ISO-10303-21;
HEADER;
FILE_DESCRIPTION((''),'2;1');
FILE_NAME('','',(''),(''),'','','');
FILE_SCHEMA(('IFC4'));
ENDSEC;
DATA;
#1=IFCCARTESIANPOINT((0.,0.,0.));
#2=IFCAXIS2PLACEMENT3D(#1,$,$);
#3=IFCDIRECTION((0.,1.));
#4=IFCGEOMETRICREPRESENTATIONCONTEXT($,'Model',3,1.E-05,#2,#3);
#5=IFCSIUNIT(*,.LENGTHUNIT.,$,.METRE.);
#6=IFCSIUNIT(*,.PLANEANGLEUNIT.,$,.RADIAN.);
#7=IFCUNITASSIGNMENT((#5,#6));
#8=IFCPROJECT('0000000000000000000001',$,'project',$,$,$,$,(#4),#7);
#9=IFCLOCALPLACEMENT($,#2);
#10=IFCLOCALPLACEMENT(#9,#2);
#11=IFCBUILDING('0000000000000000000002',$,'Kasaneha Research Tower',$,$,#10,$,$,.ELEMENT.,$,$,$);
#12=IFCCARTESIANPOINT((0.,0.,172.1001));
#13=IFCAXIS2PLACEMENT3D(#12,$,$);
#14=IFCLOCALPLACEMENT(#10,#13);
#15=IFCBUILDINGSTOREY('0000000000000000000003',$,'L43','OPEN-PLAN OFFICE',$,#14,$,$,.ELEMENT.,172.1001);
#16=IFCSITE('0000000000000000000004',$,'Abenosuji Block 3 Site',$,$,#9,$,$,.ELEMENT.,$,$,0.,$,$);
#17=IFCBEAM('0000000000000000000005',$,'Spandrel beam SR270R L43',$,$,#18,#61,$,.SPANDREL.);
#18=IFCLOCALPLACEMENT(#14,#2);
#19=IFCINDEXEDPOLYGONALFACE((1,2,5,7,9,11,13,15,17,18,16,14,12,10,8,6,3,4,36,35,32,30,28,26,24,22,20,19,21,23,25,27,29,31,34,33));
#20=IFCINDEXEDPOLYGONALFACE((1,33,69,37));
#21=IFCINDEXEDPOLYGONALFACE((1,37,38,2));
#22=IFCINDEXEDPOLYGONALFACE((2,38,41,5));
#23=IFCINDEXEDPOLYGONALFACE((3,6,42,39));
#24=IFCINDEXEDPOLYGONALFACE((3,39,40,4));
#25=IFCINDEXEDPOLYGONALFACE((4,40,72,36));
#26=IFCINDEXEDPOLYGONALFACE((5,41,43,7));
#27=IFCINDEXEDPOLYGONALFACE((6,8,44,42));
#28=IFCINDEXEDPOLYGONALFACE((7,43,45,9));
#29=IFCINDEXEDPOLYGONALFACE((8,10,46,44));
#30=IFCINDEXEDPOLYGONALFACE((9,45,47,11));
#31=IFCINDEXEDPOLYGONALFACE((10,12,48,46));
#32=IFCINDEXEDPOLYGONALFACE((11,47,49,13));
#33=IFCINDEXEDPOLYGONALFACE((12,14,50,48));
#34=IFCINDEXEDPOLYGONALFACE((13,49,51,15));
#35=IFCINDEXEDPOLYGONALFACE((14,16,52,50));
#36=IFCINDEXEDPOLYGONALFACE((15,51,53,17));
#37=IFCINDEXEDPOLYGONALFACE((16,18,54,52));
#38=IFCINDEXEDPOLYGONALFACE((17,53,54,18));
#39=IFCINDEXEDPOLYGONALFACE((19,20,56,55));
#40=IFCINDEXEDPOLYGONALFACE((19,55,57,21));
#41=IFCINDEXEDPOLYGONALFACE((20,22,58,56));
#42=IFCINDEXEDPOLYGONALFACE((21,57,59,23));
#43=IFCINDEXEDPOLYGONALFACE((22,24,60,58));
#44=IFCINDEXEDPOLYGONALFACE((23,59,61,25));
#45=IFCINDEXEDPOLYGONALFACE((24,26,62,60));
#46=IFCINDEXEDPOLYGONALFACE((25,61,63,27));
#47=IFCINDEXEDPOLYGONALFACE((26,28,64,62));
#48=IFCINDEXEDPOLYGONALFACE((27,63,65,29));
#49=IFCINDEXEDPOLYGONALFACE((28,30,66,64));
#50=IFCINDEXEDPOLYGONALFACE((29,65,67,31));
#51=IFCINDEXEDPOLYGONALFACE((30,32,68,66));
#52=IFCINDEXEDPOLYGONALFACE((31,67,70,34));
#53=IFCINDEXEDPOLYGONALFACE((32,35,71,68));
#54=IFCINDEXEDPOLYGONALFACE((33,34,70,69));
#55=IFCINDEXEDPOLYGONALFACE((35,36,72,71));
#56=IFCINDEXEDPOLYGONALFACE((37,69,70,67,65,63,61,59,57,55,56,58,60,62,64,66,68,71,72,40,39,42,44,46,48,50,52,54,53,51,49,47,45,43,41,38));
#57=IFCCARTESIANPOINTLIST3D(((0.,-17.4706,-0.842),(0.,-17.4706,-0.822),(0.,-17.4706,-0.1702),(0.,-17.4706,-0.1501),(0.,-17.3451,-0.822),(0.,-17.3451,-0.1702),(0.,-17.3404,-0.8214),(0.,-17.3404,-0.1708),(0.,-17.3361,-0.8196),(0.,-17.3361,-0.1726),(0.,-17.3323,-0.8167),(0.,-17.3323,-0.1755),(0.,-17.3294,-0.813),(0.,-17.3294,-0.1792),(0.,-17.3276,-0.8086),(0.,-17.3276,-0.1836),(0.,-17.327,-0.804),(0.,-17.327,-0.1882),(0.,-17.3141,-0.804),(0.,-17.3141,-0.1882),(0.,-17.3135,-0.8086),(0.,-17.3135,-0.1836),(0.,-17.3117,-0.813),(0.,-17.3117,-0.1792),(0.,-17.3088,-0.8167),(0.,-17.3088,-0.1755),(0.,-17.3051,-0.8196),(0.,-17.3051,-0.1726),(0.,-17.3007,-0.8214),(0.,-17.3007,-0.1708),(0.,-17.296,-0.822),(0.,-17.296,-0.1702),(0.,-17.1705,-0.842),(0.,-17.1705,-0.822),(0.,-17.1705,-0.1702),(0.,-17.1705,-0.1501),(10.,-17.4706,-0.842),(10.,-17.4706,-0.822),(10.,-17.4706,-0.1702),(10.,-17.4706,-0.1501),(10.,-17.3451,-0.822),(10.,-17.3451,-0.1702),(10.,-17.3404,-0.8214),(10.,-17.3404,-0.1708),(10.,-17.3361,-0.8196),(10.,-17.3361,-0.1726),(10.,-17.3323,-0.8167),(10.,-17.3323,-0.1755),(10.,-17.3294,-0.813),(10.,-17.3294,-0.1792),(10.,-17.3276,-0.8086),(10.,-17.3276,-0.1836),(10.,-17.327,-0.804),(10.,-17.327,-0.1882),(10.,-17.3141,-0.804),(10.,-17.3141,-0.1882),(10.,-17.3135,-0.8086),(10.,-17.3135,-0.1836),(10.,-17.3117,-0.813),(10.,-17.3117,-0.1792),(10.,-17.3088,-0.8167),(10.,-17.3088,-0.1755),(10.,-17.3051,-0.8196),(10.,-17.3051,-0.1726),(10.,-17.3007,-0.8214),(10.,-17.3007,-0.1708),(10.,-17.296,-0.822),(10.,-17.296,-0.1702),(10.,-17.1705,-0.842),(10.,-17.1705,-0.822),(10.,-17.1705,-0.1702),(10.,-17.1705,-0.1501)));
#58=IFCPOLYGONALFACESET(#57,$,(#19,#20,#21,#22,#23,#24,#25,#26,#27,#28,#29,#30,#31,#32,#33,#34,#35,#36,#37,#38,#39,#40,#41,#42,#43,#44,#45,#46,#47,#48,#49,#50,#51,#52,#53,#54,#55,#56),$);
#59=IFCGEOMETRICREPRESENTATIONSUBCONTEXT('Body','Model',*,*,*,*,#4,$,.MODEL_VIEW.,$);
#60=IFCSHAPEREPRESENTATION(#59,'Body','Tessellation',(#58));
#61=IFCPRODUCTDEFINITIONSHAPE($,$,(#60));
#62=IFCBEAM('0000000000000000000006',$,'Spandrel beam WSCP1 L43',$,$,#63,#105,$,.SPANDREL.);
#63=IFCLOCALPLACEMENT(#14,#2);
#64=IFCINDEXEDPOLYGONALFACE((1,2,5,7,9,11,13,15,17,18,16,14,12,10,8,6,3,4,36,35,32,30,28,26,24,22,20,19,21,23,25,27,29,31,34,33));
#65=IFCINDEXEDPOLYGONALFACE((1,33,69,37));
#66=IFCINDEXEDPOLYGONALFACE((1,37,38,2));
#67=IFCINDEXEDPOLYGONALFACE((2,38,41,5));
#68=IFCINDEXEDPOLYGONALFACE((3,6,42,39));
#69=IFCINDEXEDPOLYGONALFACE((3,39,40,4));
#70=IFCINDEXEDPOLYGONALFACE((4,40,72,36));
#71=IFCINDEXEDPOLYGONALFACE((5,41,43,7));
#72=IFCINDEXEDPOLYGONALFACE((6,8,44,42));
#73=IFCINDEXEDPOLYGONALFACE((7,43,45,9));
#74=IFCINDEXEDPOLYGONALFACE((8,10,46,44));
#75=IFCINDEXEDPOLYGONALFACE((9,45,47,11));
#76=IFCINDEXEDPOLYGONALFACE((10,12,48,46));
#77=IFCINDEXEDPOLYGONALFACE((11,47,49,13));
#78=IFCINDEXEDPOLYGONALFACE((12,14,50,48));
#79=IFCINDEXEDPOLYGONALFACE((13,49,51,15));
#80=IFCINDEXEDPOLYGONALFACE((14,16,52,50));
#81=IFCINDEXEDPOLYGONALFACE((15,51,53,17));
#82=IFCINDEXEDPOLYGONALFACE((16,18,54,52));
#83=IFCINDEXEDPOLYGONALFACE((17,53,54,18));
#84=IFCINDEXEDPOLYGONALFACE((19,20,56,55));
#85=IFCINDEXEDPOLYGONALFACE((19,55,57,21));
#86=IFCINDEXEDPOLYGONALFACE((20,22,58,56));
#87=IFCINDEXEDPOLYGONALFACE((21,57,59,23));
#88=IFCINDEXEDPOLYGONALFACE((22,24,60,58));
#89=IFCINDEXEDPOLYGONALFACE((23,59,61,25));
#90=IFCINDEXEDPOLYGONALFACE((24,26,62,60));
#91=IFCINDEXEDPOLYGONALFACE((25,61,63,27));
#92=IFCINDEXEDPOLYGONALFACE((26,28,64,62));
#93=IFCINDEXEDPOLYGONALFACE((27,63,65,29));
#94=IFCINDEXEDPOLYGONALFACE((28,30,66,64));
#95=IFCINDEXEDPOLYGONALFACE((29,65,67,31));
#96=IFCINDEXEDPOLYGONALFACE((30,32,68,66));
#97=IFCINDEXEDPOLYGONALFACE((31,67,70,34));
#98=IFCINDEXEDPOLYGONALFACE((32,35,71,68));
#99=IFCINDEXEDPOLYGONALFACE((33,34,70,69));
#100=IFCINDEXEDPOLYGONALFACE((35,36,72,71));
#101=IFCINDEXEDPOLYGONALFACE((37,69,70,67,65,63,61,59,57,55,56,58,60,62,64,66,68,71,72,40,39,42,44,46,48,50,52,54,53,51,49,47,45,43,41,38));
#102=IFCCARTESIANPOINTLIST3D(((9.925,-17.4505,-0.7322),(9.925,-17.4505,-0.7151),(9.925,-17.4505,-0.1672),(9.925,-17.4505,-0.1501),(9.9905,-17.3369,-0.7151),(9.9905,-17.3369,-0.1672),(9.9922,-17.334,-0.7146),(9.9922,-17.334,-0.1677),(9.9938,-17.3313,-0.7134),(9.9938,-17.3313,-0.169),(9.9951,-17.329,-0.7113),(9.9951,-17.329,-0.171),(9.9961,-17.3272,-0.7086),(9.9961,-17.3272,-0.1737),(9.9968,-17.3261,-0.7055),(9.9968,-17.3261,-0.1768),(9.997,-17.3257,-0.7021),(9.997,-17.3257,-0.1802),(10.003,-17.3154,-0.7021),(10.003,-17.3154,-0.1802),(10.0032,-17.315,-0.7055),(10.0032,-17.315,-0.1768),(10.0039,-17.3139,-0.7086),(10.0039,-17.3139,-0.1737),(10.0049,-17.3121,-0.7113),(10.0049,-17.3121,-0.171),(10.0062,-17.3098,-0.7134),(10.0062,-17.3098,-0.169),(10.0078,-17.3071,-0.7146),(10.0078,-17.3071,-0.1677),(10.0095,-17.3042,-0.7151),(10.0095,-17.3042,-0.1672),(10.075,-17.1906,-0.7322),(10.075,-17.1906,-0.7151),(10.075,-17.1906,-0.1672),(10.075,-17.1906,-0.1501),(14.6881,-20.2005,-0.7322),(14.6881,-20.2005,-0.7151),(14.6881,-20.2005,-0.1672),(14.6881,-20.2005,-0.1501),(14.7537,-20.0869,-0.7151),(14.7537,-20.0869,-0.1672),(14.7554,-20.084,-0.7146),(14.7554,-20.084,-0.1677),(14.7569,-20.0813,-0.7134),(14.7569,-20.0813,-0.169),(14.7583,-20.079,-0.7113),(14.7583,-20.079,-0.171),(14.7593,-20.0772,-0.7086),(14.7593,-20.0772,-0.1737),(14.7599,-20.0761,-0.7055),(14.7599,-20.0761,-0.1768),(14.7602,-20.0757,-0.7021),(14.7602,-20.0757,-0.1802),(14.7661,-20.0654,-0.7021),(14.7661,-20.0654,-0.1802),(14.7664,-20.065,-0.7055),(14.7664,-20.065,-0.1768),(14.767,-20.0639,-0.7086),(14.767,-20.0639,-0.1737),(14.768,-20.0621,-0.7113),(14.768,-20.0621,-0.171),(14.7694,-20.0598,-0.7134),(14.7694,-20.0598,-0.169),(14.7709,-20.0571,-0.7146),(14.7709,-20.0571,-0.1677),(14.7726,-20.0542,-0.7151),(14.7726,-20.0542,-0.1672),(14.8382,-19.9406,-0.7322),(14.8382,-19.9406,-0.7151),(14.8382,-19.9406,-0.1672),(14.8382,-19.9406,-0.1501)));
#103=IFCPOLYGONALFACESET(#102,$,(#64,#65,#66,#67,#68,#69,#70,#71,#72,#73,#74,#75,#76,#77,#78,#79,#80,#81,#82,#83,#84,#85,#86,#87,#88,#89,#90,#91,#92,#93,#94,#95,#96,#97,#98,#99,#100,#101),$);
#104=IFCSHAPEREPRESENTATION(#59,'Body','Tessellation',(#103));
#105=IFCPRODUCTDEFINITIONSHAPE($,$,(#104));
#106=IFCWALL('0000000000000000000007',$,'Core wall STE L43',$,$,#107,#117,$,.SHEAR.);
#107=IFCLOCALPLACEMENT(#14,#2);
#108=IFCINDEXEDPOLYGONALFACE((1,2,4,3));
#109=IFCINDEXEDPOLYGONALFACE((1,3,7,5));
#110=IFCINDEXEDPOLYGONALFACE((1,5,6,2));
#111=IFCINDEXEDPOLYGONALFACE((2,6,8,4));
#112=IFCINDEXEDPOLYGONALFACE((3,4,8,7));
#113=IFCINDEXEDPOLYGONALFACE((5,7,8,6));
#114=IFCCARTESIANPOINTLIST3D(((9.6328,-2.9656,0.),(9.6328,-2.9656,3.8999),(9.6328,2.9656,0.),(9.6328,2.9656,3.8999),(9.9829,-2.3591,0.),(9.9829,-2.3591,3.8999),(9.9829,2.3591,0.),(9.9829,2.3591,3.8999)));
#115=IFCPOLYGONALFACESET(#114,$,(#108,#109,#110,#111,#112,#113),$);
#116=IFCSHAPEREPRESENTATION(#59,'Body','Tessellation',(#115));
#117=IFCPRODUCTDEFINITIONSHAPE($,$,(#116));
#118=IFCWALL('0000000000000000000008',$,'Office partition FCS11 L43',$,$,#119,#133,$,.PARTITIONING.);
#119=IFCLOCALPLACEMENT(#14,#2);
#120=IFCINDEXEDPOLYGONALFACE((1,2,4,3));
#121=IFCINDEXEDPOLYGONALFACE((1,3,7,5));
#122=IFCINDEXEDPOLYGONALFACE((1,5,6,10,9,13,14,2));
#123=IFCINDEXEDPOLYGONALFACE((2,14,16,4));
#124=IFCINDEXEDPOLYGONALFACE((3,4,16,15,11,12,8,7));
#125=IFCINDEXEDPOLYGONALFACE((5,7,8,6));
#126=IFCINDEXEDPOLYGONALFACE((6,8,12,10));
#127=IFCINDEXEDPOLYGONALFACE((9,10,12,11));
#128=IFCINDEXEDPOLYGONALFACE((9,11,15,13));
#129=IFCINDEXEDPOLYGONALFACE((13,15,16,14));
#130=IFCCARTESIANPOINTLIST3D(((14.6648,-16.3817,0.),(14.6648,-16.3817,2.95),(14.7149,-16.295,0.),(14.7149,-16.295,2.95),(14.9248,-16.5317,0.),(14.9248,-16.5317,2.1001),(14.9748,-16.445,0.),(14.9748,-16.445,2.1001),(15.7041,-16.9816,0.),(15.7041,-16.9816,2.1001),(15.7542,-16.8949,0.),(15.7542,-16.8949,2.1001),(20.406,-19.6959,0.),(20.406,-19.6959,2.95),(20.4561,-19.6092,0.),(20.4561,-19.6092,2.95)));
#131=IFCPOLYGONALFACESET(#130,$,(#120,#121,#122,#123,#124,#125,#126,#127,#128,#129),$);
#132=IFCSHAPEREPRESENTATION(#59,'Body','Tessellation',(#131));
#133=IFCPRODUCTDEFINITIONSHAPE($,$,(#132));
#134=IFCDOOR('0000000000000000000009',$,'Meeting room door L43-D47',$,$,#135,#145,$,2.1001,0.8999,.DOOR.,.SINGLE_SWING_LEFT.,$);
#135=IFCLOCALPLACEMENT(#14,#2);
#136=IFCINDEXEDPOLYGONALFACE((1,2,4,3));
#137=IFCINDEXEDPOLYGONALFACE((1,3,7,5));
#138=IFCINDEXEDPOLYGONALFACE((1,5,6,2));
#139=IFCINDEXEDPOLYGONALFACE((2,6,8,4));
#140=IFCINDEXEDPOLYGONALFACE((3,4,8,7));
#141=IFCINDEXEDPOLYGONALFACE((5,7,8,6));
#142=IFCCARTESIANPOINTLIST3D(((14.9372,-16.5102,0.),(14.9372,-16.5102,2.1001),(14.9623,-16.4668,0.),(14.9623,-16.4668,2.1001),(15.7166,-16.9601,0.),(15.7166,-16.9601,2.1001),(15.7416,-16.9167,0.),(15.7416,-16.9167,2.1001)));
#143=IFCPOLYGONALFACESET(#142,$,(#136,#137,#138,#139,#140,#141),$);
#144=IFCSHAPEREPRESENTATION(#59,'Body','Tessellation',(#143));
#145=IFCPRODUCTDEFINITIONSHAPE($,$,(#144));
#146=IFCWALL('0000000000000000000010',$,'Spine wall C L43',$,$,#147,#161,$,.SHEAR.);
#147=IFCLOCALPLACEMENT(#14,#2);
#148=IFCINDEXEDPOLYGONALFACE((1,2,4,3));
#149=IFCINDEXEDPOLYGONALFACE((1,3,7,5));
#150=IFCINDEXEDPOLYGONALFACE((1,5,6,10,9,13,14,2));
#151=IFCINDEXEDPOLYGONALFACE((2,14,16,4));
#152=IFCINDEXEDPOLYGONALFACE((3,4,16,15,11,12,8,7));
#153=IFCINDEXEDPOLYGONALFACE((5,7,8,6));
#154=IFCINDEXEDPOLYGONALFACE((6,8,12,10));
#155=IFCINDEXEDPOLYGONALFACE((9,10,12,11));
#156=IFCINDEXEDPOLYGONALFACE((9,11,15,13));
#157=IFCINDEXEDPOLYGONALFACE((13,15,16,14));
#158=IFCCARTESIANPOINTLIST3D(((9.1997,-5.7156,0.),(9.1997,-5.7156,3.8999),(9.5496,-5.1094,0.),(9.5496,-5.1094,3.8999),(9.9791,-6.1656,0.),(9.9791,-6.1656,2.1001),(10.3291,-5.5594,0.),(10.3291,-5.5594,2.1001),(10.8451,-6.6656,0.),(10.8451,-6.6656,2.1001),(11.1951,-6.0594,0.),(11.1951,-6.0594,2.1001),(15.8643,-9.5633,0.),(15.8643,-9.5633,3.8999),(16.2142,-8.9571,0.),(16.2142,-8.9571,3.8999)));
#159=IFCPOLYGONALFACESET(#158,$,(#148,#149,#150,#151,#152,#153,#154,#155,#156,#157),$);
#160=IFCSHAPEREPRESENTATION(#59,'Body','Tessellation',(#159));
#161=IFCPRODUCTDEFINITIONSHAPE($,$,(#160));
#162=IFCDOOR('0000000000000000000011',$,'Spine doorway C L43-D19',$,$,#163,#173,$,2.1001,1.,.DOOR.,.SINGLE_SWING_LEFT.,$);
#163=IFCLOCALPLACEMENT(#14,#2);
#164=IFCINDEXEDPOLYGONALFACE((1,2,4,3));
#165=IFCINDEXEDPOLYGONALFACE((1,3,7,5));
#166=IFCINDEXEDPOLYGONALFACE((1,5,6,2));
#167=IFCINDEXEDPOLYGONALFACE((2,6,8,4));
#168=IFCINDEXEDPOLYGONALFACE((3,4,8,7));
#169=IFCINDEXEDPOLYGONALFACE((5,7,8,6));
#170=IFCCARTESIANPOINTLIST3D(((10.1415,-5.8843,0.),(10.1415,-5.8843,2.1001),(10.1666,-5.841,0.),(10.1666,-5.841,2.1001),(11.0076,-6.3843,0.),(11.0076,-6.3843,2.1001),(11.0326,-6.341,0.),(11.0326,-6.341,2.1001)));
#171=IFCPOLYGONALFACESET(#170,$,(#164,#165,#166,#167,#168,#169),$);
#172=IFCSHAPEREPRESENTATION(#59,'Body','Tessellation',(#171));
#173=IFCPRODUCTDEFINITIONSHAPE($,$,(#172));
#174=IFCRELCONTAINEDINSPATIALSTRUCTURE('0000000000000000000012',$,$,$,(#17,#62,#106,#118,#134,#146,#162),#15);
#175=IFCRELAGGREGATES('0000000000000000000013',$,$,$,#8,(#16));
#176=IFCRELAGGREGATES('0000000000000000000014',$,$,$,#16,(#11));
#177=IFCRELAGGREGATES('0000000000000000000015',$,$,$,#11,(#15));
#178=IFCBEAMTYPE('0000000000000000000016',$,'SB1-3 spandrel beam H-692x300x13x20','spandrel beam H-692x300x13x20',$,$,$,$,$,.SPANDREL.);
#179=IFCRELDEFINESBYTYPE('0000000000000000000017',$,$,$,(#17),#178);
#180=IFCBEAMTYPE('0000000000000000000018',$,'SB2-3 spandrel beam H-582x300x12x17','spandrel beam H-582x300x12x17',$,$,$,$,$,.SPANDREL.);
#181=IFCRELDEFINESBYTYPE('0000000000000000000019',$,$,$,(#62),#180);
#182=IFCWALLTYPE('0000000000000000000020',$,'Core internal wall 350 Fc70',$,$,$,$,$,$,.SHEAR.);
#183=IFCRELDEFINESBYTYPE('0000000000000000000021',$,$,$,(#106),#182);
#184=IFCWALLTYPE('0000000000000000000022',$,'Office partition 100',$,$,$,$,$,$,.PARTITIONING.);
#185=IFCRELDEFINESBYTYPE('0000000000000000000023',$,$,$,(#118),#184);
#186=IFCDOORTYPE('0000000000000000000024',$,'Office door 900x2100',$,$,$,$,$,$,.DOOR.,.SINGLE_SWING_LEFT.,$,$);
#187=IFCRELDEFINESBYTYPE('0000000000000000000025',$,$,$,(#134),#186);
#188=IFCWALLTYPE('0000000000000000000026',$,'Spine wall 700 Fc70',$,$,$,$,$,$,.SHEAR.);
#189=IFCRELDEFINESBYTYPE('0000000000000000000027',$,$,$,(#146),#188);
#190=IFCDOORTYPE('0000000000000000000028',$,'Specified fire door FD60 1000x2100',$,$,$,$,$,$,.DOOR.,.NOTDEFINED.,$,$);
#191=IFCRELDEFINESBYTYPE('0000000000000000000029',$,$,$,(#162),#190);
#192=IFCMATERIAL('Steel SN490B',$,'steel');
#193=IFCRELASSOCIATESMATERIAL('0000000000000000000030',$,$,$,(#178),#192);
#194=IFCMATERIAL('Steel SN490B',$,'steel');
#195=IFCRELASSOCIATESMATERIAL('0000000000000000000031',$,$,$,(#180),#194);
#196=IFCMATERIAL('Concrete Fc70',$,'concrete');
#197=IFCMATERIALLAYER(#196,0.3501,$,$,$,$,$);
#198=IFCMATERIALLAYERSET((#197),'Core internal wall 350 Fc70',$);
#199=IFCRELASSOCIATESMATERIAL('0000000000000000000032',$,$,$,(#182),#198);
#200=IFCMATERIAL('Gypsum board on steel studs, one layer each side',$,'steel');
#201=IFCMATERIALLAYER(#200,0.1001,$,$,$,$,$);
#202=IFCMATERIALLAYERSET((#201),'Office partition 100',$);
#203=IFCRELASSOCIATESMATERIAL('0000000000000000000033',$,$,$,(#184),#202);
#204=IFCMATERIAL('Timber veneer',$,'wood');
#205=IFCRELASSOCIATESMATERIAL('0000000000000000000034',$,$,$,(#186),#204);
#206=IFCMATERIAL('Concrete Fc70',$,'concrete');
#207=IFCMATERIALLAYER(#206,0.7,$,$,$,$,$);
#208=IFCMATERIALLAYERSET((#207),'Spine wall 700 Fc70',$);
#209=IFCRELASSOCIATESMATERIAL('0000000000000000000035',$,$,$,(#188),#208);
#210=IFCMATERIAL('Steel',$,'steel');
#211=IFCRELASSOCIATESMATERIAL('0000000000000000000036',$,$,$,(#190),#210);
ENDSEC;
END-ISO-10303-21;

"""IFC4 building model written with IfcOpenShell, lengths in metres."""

from ifc_helpers import new_model, si_unit, direction, frame, frame_2d, origin, origin_2d, place, context, subcontext, project, spatial, polyline, rectangle, i_section, outline, extrude, material, layer, layer_set, material_profile, profile_set, type_object, element, fill, save


model = new_model("IFC4")

# Units and contexts
model_context = context("Model", 3, precision=1e-05, world=origin(), true_north=direction((0.0, 1.0)))
body_context = subcontext(model_context, "Body", "Model", "MODEL_VIEW")
ifc_project = project(units=[si_unit("LENGTHUNIT", "METRE"), si_unit("PLANEANGLEUNIT", "RADIAN")], contexts=[model_context])

# Site, building, storey
site_placement = place(None, origin())
site = spatial("IfcSite", under=ifc_project, at=site_placement, Name="Abenosuji Block 3 Site", CompositionType="ELEMENT", RefElevation=0.0)
building_placement = place(site_placement, origin())
building = spatial("IfcBuilding", under=site, at=building_placement, Name="Kasaneha Research Tower", CompositionType="ELEMENT")
storey_placement = place(building_placement, frame((0.0, 0.0, 172.1001)))
storey = spatial("IfcBuildingStorey", under=building, at=storey_placement, Name="L43", Description="OPEN-PLAN OFFICE", CompositionType="ELEMENT", Elevation=172.1001)

# Beams
ifc_material_1 = material(Name="Steel SN490B", Category="steel")
ifc_material_profile_1 = material_profile(ifc_material_1, i_section(OverallWidth=0.3, OverallDepth=0.6919, WebThickness=0.0129, FlangeThickness=0.02, FilletRadius=0.0181, at=origin_2d()), Name="H-692x300x13x20")
ifc_profile_set_1 = profile_set([ifc_material_profile_1], Name="Steel SN490B")
beam_type_1 = type_object("IfcBeamType", Name="SB1-3 spandrel beam H-692x300x13x20", Description="spandrel beam H-692x300x13x20", PredefinedType="SPANDREL", material=ifc_profile_set_1)
beam_1_placement = place(storey_placement, frame((10.0, -17.3206, -0.4961), z_axis=(-1.0, 0.0, 0.0), x_axis=(0.0, -1.0, 0.0)))
element("IfcBeam", 1, at=beam_1_placement, inside=storey, type_object=beam_type_1, Name="Spandrel beam SR270R L43", PredefinedType="SPANDREL", context=body_context, shape_type="SweptSolid", body=[
    extrude(i_section(OverallWidth=0.3, OverallDepth=0.6919, WebThickness=0.0129, FlangeThickness=0.02, FilletRadius=0.0181, at=origin_2d()), origin(), (0.0, 0.0, 1.0), 10.0),
])
ifc_material_2 = material(Name="Steel SN490B", Category="steel")
ifc_material_profile_2 = material_profile(ifc_material_2, i_section(OverallWidth=0.3, OverallDepth=0.582, WebThickness=0.012, FlangeThickness=0.0171, FilletRadius=0.0129, at=origin_2d()), Name="H-582x300x12x17")
ifc_profile_set_2 = profile_set([ifc_material_profile_2], Name="Steel SN490B")
beam_type_2 = type_object("IfcBeamType", Name="SB2-3 spandrel beam H-582x300x12x17", Description="spandrel beam H-582x300x12x17", PredefinedType="SPANDREL", material=ifc_profile_set_2)
beam_2_placement = place(storey_placement, frame((10.0, -17.3206, -0.4412), z_axis=(0.866027, -0.499997, 0.0), x_axis=(0.499997, 0.866027, 0.0)))
element("IfcBeam", 2, at=beam_2_placement, inside=storey, type_object=beam_type_2, Name="Spandrel beam WSCP1 L43", PredefinedType="SPANDREL", context=body_context, shape_type="SweptSolid", body=[
    extrude(i_section(OverallWidth=0.3, OverallDepth=0.582, WebThickness=0.012, FlangeThickness=0.0171, FilletRadius=0.0129, at=origin_2d()), origin(), (0.0, 0.0, 1.0), 5.5),
])

# Wall
ifc_material_3 = material(Name="Concrete Fc70", Category="concrete")
ifc_layer_1 = layer(ifc_material_3, 0.3501)
ifc_layer_set_1 = layer_set([ifc_layer_1], Name="Core internal wall 350 Fc70")
wall_type_1 = type_object("IfcWallType", Name="Core internal wall 350 Fc70", PredefinedType="SHEAR", material=ifc_layer_set_1)
wall_1_placement = place(storey_placement, frame((9.8079, -2.6624, 0.0), z_axis=(0.0, 0.0, 1.0), x_axis=(0.0, 1.0, 0.0)))
element("IfcWall", 3, at=wall_1_placement, inside=storey, type_object=wall_type_1, Name="Core wall STE L43", PredefinedType="SHEAR", context=body_context, shape_type="SweptSolid", body=[
    extrude(outline(polyline([(0.3032, -0.175), (5.0215, -0.175), (5.6279, 0.175), (-0.3032, 0.175), (0.3032, -0.175)])), origin(), (0.0, 0.0, 1.0), 3.8999),
])

# Walls, openings, doors
ifc_material_4 = material(Name="Gypsum board on steel studs, one layer each side", Category="steel")
ifc_layer_2 = layer(ifc_material_4, 0.1001)
ifc_layer_set_2 = layer_set([ifc_layer_2], Name="Office partition 100")
wall_type_2 = type_object("IfcWallType", Name="Office partition 100", PredefinedType="PARTITIONING", material=ifc_layer_set_2)
wall_2_placement = place(storey_placement, frame((14.6899, -16.3384, 0.0), z_axis=(0.0, 0.0, 1.0), x_axis=(0.866057, -0.499946, 0.0)))
wall_2 = element("IfcWall", 4, at=wall_2_placement, inside=storey, type_object=wall_type_2, Name="Office partition FCS11 L43", PredefinedType="PARTITIONING", context=body_context, shape_type="SweptSolid", body=[
    extrude(rectangle(XDim=6.6292, YDim=0.1001, at=frame_2d((3.3145, 0.0))), origin(), (0.0, 0.0, 1.0), 2.95),
])
opening_1_placement = place(wall_2_placement, frame((0.3, 0.0, 0.0)))
opening_1 = element("IfcOpeningElement", 5, at=opening_1_placement, cuts=wall_2, PredefinedType="OPENING", context=body_context, shape_type="SweptSolid", body=[
    extrude(rectangle(XDim=0.8999, YDim=2.1001, at=frame_2d((0.45, 1.05))), frame((0.0, 0.0601, 0.0), z_axis=(0.0, -1.0, 0.0), x_axis=(1.0, 0.0, 0.0)), (0.0, 0.0, 1.0), 0.1201),
])
ifc_material_5 = material(Name="Timber veneer", Category="wood")
door_type_1 = type_object("IfcDoorType", Name="Office door 900x2100", OperationType="SINGLE_SWING_LEFT", PredefinedType="DOOR", material=ifc_material_5)
door_1_placement = place(opening_1_placement, origin())
door_1 = element("IfcDoor", 6, at=door_1_placement, inside=storey, type_object=door_type_1, Name="Meeting room door L43-D47", OperationType="SINGLE_SWING_LEFT", OverallHeight=2.1001, OverallWidth=0.8999, PredefinedType="DOOR", context=body_context, shape_type="SweptSolid", body=[
    extrude(rectangle(XDim=0.8999, YDim=2.1001, at=frame_2d((0.45, 1.05))), frame((0.0, 0.0249, 0.0), z_axis=(0.0, -1.0, 0.0), x_axis=(1.0, 0.0, 0.0)), (0.0, 0.0, 1.0), 0.05),
])
fill(opening_1, door_1)
ifc_material_6 = material(Name="Concrete Fc70", Category="concrete")
ifc_layer_3 = layer(ifc_material_6, 0.7)
ifc_layer_set_3 = layer_set([ifc_layer_3], Name="Spine wall 700 Fc70")
wall_type_3 = type_object("IfcWallType", Name="Spine wall 700 Fc70", PredefinedType="SHEAR", material=ifc_layer_set_3)
wall_3_placement = place(storey_placement, frame((9.3748, -5.4126, 0.0), z_axis=(0.0, 0.0, 1.0), x_axis=(0.866032, -0.499988, 0.0)))
wall_3 = element("IfcWall", 7, at=wall_3_placement, inside=storey, type_object=wall_type_3, Name="Spine wall C L43", PredefinedType="SHEAR", context=body_context, shape_type="SweptSolid", body=[
    extrude(rectangle(XDim=7.6956, YDim=0.7, at=frame_2d((3.8477, 0.0))), origin(), (0.0, 0.0, 1.0), 3.8999),
])
opening_2_placement = place(wall_3_placement, frame((0.8999, 0.0, 0.0)))
opening_2 = element("IfcOpeningElement", 8, at=opening_2_placement, cuts=wall_3, PredefinedType="OPENING", context=body_context, shape_type="SweptSolid", body=[
    extrude(rectangle(XDim=1.0, YDim=2.1001, at=frame_2d((0.5, 1.05))), frame((0.0, 0.3599, 0.0), z_axis=(0.0, -1.0, 0.0), x_axis=(1.0, 0.0, 0.0)), (0.0, 0.0, 1.0), 0.72),
])
ifc_material_7 = material(Name="Steel", Category="steel")
door_type_2 = type_object("IfcDoorType", Name="Specified fire door FD60 1000x2100", OperationType="NOTDEFINED", PredefinedType="DOOR", material=ifc_material_7)
door_2_placement = place(opening_2_placement, origin())
door_2 = element("IfcDoor", 9, at=door_2_placement, inside=storey, type_object=door_type_2, Name="Spine doorway C L43-D19", OperationType="SINGLE_SWING_LEFT", OverallHeight=2.1001, OverallWidth=1.0, PredefinedType="DOOR", context=body_context, shape_type="SweptSolid", body=[
    extrude(rectangle(XDim=1.0, YDim=2.1001, at=frame_2d((0.5, 1.05))), frame((0.0, 0.0249, 0.0), z_axis=(0.0, -1.0, 0.0), x_axis=(1.0, 0.0, 0.0)), (0.0, 0.0, 1.0), 0.05),
])
fill(opening_2, door_2)

save(model, "model.ifc")
